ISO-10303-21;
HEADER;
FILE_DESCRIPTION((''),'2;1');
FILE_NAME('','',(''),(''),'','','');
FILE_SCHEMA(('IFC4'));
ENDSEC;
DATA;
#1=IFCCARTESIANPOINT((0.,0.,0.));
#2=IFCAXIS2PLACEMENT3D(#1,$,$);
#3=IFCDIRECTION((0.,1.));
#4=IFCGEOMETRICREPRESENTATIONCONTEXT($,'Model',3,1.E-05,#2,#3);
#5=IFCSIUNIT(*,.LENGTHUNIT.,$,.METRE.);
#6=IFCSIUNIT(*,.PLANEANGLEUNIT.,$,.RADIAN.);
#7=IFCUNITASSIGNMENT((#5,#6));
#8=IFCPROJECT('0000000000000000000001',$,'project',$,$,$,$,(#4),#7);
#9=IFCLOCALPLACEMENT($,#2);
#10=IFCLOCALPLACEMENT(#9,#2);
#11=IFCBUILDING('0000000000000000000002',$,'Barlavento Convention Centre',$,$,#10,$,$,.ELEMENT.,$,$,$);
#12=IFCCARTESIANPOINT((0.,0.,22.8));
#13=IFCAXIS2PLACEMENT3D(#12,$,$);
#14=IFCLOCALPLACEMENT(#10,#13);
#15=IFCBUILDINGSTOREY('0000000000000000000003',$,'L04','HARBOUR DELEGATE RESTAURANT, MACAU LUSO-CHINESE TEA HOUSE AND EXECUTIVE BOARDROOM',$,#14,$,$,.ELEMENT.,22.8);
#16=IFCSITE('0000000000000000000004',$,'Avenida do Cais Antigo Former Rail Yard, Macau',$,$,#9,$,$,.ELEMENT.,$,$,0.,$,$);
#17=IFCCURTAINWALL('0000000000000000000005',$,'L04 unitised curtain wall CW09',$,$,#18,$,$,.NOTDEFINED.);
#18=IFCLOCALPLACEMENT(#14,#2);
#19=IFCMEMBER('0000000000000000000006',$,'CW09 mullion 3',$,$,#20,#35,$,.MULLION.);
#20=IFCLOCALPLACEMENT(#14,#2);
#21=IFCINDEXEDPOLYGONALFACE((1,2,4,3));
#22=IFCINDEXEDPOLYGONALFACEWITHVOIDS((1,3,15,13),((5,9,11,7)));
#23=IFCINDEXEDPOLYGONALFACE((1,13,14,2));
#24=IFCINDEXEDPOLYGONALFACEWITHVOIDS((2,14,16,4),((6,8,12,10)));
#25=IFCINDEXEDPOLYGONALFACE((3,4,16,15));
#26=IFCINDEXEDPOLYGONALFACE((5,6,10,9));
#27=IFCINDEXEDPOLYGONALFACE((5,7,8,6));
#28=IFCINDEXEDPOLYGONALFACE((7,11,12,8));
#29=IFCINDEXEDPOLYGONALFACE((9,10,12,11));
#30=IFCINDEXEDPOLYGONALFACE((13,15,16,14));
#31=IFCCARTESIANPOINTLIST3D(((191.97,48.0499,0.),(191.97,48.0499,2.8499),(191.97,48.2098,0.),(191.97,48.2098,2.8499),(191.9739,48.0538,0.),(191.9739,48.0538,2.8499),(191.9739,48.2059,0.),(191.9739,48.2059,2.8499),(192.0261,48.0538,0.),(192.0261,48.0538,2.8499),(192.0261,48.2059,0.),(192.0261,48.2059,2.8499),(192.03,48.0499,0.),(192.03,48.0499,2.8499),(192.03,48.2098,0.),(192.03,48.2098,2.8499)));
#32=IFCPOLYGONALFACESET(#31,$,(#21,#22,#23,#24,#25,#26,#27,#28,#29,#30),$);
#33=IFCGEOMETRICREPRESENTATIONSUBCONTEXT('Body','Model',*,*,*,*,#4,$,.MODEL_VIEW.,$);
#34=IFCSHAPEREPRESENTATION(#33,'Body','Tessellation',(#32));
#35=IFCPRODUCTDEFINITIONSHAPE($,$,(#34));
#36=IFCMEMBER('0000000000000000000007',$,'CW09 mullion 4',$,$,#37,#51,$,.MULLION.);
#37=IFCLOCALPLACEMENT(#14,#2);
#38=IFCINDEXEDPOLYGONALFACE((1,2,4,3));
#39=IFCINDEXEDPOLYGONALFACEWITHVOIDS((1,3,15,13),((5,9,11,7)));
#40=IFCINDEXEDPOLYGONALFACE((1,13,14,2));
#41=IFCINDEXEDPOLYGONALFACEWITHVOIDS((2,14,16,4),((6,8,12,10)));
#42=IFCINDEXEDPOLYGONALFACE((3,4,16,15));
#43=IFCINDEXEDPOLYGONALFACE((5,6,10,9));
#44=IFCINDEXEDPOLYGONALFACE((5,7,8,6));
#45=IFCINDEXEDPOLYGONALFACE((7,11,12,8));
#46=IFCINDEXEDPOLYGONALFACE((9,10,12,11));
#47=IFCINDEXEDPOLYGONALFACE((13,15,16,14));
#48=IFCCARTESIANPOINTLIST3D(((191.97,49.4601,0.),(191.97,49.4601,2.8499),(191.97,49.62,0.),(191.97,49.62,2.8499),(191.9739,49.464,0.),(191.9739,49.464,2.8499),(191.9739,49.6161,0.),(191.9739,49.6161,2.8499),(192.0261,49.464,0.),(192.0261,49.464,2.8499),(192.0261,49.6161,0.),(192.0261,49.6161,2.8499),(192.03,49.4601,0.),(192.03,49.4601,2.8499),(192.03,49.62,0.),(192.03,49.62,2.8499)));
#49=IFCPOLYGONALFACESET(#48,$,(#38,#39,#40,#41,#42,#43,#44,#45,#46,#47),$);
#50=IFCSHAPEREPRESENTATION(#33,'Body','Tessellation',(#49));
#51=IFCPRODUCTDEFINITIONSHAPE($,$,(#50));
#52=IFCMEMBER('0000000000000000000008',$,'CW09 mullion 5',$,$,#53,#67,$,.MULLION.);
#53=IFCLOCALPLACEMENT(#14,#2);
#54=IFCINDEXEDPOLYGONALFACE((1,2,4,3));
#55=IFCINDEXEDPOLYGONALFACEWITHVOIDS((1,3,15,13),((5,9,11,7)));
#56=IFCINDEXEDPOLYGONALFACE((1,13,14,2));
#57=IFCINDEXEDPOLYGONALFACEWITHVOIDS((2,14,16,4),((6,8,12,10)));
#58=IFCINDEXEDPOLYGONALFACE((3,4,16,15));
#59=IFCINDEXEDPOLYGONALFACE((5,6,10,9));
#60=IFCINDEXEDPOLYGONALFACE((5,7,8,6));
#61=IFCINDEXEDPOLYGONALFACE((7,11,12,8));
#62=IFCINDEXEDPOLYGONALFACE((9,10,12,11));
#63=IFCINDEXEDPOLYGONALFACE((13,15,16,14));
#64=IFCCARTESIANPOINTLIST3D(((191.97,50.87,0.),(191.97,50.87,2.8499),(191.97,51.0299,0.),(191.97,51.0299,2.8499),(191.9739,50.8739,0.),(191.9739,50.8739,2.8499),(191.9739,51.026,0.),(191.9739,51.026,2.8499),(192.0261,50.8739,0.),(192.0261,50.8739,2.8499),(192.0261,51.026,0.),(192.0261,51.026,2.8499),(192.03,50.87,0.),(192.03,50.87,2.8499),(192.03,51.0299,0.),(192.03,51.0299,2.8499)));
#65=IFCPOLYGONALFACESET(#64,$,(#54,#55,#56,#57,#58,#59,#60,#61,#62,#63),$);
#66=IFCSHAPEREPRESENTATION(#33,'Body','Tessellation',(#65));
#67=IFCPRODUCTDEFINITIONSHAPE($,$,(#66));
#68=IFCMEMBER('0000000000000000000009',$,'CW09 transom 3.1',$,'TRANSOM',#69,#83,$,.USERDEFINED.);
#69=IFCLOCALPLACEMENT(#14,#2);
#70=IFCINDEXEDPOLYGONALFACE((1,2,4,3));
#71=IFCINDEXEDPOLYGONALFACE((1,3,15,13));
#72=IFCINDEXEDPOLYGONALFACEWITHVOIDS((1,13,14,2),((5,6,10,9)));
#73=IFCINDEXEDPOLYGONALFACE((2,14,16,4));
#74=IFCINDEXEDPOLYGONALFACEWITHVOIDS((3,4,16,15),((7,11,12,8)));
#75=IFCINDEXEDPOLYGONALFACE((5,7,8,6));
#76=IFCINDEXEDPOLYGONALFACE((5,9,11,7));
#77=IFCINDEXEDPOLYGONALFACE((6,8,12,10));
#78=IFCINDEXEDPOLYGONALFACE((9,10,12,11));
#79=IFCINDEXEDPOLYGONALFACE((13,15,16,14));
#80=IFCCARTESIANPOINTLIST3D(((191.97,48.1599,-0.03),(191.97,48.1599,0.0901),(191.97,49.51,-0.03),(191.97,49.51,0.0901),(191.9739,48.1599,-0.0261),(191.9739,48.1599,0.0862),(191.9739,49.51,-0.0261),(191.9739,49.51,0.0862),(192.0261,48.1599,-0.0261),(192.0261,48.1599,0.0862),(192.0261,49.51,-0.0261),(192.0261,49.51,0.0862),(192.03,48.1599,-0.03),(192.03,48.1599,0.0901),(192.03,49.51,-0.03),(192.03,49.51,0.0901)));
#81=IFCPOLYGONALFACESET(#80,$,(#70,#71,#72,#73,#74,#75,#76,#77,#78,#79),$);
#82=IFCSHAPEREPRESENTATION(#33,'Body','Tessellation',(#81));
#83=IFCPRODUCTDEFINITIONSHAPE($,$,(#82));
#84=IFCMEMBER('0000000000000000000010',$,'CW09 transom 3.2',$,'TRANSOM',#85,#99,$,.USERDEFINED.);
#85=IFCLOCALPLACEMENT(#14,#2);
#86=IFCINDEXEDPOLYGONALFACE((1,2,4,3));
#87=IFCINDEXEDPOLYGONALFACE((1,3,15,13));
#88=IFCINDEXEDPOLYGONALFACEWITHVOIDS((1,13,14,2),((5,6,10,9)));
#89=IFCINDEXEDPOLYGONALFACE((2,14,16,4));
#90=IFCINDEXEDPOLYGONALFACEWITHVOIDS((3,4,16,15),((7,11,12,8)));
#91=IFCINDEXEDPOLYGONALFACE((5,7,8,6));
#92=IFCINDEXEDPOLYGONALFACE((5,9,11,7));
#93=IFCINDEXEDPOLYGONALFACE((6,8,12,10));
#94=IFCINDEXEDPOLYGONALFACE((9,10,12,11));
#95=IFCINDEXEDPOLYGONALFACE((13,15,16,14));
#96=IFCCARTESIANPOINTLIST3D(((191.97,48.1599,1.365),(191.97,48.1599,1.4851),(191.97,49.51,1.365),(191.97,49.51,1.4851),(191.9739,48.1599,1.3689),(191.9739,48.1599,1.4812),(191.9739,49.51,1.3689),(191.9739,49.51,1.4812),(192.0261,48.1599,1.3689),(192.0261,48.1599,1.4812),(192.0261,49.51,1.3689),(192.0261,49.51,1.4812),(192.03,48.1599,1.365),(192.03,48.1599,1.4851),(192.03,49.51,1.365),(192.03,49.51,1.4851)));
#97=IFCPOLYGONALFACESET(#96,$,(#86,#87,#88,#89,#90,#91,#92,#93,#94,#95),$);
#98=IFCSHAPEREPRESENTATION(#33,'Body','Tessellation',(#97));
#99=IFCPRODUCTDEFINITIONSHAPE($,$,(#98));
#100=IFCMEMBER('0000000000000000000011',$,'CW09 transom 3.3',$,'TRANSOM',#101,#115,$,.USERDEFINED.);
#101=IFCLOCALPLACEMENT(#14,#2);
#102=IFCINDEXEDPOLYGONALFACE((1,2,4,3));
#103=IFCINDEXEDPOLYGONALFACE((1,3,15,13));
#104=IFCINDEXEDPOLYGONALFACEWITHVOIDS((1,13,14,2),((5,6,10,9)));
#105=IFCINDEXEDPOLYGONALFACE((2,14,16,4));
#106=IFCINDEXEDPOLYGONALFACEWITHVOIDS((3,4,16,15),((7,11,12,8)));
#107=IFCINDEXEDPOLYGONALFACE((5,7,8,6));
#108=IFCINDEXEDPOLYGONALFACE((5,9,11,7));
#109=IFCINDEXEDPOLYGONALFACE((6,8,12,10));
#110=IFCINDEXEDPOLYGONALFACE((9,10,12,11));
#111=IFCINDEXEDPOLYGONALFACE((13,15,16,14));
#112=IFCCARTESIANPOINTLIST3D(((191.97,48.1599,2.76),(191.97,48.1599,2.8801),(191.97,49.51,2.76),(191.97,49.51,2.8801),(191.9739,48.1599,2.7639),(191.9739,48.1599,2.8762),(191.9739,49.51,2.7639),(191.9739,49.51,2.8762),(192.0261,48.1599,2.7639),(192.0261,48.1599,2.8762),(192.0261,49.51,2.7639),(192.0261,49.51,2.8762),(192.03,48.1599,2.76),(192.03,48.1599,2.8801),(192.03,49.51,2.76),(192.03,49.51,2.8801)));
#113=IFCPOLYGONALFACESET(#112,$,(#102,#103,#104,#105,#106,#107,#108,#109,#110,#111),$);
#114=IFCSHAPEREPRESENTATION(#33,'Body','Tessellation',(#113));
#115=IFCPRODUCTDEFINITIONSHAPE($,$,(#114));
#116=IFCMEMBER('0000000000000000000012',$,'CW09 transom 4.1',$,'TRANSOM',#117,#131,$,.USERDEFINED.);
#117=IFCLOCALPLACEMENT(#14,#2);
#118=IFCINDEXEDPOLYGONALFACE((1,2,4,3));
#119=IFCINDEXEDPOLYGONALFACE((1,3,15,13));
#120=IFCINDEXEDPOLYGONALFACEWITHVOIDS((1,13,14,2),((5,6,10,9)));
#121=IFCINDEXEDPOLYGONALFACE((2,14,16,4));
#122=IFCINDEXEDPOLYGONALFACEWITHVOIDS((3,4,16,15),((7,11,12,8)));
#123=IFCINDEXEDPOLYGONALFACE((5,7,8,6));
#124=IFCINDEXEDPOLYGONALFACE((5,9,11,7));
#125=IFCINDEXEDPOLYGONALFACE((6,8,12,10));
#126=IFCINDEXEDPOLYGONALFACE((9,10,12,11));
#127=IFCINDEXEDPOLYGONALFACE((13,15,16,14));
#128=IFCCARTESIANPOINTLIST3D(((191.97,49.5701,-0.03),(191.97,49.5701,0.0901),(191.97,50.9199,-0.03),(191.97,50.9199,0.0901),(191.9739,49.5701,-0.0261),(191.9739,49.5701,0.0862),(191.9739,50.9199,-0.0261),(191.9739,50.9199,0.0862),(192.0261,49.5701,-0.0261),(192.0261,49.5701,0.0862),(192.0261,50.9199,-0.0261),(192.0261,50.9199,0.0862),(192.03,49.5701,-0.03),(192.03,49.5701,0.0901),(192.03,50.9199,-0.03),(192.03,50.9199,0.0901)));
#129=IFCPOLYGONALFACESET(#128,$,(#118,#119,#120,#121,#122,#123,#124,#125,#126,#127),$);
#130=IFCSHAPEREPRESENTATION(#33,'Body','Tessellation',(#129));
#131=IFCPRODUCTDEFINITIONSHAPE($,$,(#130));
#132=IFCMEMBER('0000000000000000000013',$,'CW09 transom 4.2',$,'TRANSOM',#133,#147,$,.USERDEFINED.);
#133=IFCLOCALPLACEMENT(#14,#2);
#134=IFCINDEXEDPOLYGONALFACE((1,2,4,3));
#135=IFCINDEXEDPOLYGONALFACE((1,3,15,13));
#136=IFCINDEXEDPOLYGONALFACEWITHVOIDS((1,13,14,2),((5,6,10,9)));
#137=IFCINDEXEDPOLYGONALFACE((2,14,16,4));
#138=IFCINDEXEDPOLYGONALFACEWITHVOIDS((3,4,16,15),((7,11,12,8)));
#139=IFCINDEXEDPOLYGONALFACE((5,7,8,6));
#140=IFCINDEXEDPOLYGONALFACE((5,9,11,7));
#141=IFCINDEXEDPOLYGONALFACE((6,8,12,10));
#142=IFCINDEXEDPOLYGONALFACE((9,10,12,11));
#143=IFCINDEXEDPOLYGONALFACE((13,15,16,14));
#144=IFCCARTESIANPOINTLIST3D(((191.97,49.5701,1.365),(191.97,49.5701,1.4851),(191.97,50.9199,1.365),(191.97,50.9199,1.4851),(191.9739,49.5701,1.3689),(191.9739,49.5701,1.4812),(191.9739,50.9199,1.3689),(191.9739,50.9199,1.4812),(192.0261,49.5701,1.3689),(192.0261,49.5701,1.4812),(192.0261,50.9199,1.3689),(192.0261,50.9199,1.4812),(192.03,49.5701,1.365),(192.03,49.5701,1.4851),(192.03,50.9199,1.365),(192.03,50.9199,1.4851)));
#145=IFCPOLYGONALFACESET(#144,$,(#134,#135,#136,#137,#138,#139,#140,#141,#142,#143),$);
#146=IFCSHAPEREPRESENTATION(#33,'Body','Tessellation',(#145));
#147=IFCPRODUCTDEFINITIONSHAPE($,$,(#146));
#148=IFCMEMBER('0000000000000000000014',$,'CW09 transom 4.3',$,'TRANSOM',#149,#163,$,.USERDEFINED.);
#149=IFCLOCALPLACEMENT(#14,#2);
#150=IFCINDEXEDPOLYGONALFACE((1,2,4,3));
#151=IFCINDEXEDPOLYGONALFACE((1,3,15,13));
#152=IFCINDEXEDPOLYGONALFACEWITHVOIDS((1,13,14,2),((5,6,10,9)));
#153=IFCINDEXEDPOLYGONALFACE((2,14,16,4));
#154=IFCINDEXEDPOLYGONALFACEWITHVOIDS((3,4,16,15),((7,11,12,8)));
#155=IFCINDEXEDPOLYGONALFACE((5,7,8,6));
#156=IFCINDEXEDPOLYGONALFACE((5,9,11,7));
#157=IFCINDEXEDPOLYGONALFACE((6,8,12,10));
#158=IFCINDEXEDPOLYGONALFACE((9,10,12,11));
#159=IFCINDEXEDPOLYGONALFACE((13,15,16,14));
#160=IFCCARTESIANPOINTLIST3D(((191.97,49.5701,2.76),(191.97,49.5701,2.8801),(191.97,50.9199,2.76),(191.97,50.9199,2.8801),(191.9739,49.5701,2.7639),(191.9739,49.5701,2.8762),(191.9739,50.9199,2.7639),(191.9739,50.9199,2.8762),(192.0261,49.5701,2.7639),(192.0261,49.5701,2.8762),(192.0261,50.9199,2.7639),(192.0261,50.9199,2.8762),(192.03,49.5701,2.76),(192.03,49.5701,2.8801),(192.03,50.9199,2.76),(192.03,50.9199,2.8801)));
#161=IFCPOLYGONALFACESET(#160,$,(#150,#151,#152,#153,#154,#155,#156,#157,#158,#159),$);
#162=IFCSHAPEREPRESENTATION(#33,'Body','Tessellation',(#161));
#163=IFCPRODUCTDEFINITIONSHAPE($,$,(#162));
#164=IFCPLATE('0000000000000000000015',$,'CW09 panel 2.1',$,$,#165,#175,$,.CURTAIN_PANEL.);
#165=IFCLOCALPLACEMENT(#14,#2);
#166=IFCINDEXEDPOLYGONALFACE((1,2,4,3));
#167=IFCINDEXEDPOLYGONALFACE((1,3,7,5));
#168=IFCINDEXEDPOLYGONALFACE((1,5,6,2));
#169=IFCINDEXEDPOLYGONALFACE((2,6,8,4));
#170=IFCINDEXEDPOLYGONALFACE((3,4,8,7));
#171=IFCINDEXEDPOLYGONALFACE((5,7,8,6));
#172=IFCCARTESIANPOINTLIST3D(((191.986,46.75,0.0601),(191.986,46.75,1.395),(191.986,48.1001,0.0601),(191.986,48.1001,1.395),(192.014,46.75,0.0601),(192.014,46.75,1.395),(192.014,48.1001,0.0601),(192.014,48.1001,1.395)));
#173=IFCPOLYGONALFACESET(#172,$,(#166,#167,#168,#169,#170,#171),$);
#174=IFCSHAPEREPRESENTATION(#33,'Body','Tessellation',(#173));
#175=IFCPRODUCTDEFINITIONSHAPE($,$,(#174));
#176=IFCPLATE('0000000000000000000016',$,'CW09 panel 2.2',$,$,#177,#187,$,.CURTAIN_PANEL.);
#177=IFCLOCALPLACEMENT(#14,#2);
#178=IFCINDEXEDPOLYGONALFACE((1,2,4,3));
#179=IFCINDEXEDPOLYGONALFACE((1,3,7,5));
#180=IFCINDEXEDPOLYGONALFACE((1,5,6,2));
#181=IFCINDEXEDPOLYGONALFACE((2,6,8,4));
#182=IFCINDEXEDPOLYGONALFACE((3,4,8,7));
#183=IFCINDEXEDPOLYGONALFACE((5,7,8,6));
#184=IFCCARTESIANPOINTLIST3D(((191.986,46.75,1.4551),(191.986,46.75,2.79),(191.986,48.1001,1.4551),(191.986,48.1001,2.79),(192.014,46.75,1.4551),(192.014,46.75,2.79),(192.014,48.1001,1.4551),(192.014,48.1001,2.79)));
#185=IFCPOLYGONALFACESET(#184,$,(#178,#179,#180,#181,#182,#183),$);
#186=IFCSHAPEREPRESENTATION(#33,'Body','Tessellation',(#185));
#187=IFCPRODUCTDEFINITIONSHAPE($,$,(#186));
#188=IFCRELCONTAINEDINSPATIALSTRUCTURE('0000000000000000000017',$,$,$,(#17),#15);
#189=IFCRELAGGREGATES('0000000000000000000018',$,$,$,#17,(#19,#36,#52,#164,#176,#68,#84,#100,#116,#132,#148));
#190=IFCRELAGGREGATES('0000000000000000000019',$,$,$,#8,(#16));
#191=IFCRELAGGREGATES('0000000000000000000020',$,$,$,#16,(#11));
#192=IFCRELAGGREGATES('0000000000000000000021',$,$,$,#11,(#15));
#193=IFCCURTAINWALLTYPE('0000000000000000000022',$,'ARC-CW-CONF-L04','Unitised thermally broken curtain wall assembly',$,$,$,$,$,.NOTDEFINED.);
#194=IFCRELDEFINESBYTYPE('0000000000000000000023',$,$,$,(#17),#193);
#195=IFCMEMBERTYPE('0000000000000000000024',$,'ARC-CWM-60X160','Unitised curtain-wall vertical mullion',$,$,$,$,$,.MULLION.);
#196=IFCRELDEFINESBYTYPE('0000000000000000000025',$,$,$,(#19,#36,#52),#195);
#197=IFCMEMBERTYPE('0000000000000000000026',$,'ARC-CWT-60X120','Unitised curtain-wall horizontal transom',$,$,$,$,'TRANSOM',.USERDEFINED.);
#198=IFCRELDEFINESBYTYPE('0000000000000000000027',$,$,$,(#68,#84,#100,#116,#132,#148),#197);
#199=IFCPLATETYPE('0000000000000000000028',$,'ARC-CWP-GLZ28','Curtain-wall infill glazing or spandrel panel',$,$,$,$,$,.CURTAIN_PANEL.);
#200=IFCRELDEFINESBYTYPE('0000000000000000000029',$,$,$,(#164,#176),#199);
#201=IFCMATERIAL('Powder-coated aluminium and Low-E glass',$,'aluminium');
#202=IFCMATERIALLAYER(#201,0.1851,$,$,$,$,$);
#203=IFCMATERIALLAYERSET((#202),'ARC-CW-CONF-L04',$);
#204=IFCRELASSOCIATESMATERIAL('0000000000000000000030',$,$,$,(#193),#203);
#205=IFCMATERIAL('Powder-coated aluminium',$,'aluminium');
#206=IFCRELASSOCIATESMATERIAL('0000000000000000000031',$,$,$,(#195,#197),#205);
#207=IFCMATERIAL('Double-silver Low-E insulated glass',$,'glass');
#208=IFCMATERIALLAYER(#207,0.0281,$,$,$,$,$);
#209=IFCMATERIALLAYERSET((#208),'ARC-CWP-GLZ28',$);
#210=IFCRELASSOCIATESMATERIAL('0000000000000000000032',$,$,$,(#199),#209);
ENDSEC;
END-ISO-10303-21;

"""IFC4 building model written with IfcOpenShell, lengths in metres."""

from ifc_helpers import new_model, si_unit, direction, frame, origin, origin_2d, place, context, subcontext, project, spatial, rectangle, hollow_rectangle, extrude, material, layer, layer_set, material_profile, profile_set, type_object, element, aggregate, save


model = new_model("IFC4")

# Units and contexts
model_context = context("Model", 3, precision=1e-05, world=origin(), true_north=direction((0.0, 1.0)))
body_context = subcontext(model_context, "Body", "Model", "MODEL_VIEW")
ifc_project = project(units=[si_unit("LENGTHUNIT", "METRE"), si_unit("PLANEANGLEUNIT", "RADIAN")], contexts=[model_context])

# Site, building, storey
site_placement = place(None, origin())
site = spatial("IfcSite", under=ifc_project, at=site_placement, Name="Avenida do Cais Antigo Former Rail Yard, Macau", CompositionType="ELEMENT", RefElevation=0.0)
building_placement = place(site_placement, origin())
building = spatial("IfcBuilding", under=site, at=building_placement, Name="Barlavento Convention Centre", CompositionType="ELEMENT")
storey_placement = place(building_placement, frame((0.0, 0.0, 22.8)))
storey = spatial("IfcBuildingStorey", under=building, at=storey_placement, Name="L04", Description="HARBOUR DELEGATE RESTAURANT, MACAU LUSO-CHINESE TEA HOUSE AND EXECUTIVE BOARDROOM", CompositionType="ELEMENT", Elevation=22.8)

# Curtain wall, members, plates
ifc_material_1 = material(Name="Powder-coated aluminium and Low-E glass", Category="aluminium")
ifc_layer_1 = layer(ifc_material_1, 0.1851)
ifc_layer_set_1 = layer_set([ifc_layer_1], Name="ARC-CW-CONF-L04")
curtain_wall_type = type_object("IfcCurtainWallType", Name="ARC-CW-CONF-L04", Description="Unitised thermally broken curtain wall assembly", PredefinedType="NOTDEFINED", material=ifc_layer_set_1)
curtain_wall_placement = place(storey_placement, origin())
curtain_wall = element("IfcCurtainWall", 1, at=curtain_wall_placement, inside=storey, type_object=curtain_wall_type, Name="L04 unitised curtain wall CW09", PredefinedType="NOTDEFINED")
ifc_material_2 = material(Name="Powder-coated aluminium", Category="aluminium")
ifc_material_profile_1 = material_profile(ifc_material_2, hollow_rectangle(XDim=0.0601, YDim=0.1599, WallThickness=0.0039, at=origin_2d()), Name="AL-MULL 60x160x4")
ifc_profile_set_1 = profile_set([ifc_material_profile_1], Name="Powder-coated aluminium")
member_type_1 = type_object("IfcMemberType", Name="ARC-CWM-60X160", Description="Unitised curtain-wall vertical mullion", PredefinedType="MULLION", material=ifc_profile_set_1)
member_1_placement = place(storey_placement, frame((192.0, 48.1299, 0.0), z_axis=(0.0, 0.0, 1.0), x_axis=(-1.0, 0.0, 0.0)))
member_1 = element("IfcMember", 2, at=member_1_placement, type_object=member_type_1, Name="CW09 mullion 3", PredefinedType="MULLION", context=body_context, shape_type="SweptSolid", body=[
    extrude(hollow_rectangle(XDim=0.0601, YDim=0.1599, WallThickness=0.0039, at=origin_2d()), origin(), (0.0, 0.0, 1.0), 2.8499),
])
member_2_placement = place(storey_placement, frame((192.0, 49.54, 0.0), z_axis=(0.0, 0.0, 1.0), x_axis=(-1.0, 0.0, 0.0)))
member_2 = element("IfcMember", 3, at=member_2_placement, type_object=member_type_1, Name="CW09 mullion 4", PredefinedType="MULLION", context=body_context, shape_type="SweptSolid", body=[
    extrude(hollow_rectangle(XDim=0.0601, YDim=0.1599, WallThickness=0.0039, at=origin_2d()), origin(), (0.0, 0.0, 1.0), 2.8499),
])
member_3_placement = place(storey_placement, frame((192.0, 50.95, 0.0), z_axis=(0.0, 0.0, 1.0), x_axis=(-1.0, 0.0, 0.0)))
member_3 = element("IfcMember", 4, at=member_3_placement, type_object=member_type_1, Name="CW09 mullion 5", PredefinedType="MULLION", context=body_context, shape_type="SweptSolid", body=[
    extrude(hollow_rectangle(XDim=0.0601, YDim=0.1599, WallThickness=0.0039, at=origin_2d()), origin(), (0.0, 0.0, 1.0), 2.8499),
])
ifc_material_profile_2 = material_profile(ifc_material_2, hollow_rectangle(XDim=0.0601, YDim=0.1201, WallThickness=0.0039, at=origin_2d()), Name="AL-TRAN 60x120x4")
ifc_profile_set_2 = profile_set([ifc_material_profile_2], Name="Powder-coated aluminium")
member_type_2 = type_object("IfcMemberType", Name="ARC-CWT-60X120", Description="Unitised curtain-wall horizontal transom", ElementType="TRANSOM", PredefinedType="USERDEFINED", material=ifc_profile_set_2)
member_4_placement = place(storey_placement, frame((192.0, 48.1599, 0.03), z_axis=(0.0, 1.0, 0.0), x_axis=(-1.0, 0.0, 0.0)))
member_4 = element("IfcMember", 5, at=member_4_placement, type_object=member_type_2, Name="CW09 transom 3.1", ObjectType="TRANSOM", PredefinedType="USERDEFINED", context=body_context, shape_type="SweptSolid", body=[
    extrude(hollow_rectangle(XDim=0.0601, YDim=0.1201, WallThickness=0.0039, at=origin_2d()), origin(), (0.0, 0.0, 1.0), 1.3501),
])
member_5_placement = place(storey_placement, frame((192.0, 48.1599, 1.425), z_axis=(0.0, 1.0, 0.0), x_axis=(-1.0, 0.0, 0.0)))
member_5 = element("IfcMember", 6, at=member_5_placement, type_object=member_type_2, Name="CW09 transom 3.2", ObjectType="TRANSOM", PredefinedType="USERDEFINED", context=body_context, shape_type="SweptSolid", body=[
    extrude(hollow_rectangle(XDim=0.0601, YDim=0.1201, WallThickness=0.0039, at=origin_2d()), origin(), (0.0, 0.0, 1.0), 1.3501),
])
member_6_placement = place(storey_placement, frame((192.0, 48.1599, 2.8201), z_axis=(0.0, 1.0, 0.0), x_axis=(-1.0, 0.0, 0.0)))
member_6 = element("IfcMember", 7, at=member_6_placement, type_object=member_type_2, Name="CW09 transom 3.3", ObjectType="TRANSOM", PredefinedType="USERDEFINED", context=body_context, shape_type="SweptSolid", body=[
    extrude(hollow_rectangle(XDim=0.0601, YDim=0.1201, WallThickness=0.0039, at=origin_2d()), origin(), (0.0, 0.0, 1.0), 1.3501),
])
member_7_placement = place(storey_placement, frame((192.0, 49.5701, 0.03), z_axis=(0.0, 1.0, 0.0), x_axis=(-1.0, 0.0, 0.0)))
member_7 = element("IfcMember", 8, at=member_7_placement, type_object=member_type_2, Name="CW09 transom 4.1", ObjectType="TRANSOM", PredefinedType="USERDEFINED", context=body_context, shape_type="SweptSolid", body=[
    extrude(hollow_rectangle(XDim=0.0601, YDim=0.1201, WallThickness=0.0039, at=origin_2d()), origin(), (0.0, 0.0, 1.0), 1.3499),
])
member_8_placement = place(storey_placement, frame((192.0, 49.5701, 1.425), z_axis=(0.0, 1.0, 0.0), x_axis=(-1.0, 0.0, 0.0)))
member_8 = element("IfcMember", 9, at=member_8_placement, type_object=member_type_2, Name="CW09 transom 4.2", ObjectType="TRANSOM", PredefinedType="USERDEFINED", context=body_context, shape_type="SweptSolid", body=[
    extrude(hollow_rectangle(XDim=0.0601, YDim=0.1201, WallThickness=0.0039, at=origin_2d()), origin(), (0.0, 0.0, 1.0), 1.3499),
])
member_9_placement = place(storey_placement, frame((192.0, 49.5701, 2.8201), z_axis=(0.0, 1.0, 0.0), x_axis=(-1.0, 0.0, 0.0)))
member_9 = element("IfcMember", 10, at=member_9_placement, type_object=member_type_2, Name="CW09 transom 4.3", ObjectType="TRANSOM", PredefinedType="USERDEFINED", context=body_context, shape_type="SweptSolid", body=[
    extrude(hollow_rectangle(XDim=0.0601, YDim=0.1201, WallThickness=0.0039, at=origin_2d()), origin(), (0.0, 0.0, 1.0), 1.3499),
])
ifc_material_3 = material(Name="Double-silver Low-E insulated glass", Category="glass")
ifc_layer_2 = layer(ifc_material_3, 0.0281)
ifc_layer_set_2 = layer_set([ifc_layer_2], Name="ARC-CWP-GLZ28")
plate_type = type_object("IfcPlateType", Name="ARC-CWP-GLZ28", Description="Curtain-wall infill glazing or spandrel panel", PredefinedType="CURTAIN_PANEL", material=ifc_layer_set_2)
plate_1_placement = place(storey_placement, frame((192.0, 47.425, 0.0601), z_axis=(0.0, 0.0, 1.0), x_axis=(0.0, 1.0, 0.0)))
plate_1 = element("IfcPlate", 11, at=plate_1_placement, type_object=plate_type, Name="CW09 panel 2.1", PredefinedType="CURTAIN_PANEL", context=body_context, shape_type="SweptSolid", body=[
    extrude(rectangle(XDim=1.3501, YDim=0.0281, at=origin_2d()), origin(), (0.0, 0.0, 1.0), 1.335),
])
plate_2_placement = place(storey_placement, frame((192.0, 47.425, 1.4551), z_axis=(0.0, 0.0, 1.0), x_axis=(0.0, 1.0, 0.0)))
plate_2 = element("IfcPlate", 12, at=plate_2_placement, type_object=plate_type, Name="CW09 panel 2.2", PredefinedType="CURTAIN_PANEL", context=body_context, shape_type="SweptSolid", body=[
    extrude(rectangle(XDim=1.3501, YDim=0.0281, at=origin_2d()), origin(), (0.0, 0.0, 1.0), 1.335),
])
aggregate(curtain_wall, [member_1, member_2, member_3, plate_1, plate_2, member_4, member_5, member_6, member_7, member_8, member_9])

save(model, "model.ifc")
